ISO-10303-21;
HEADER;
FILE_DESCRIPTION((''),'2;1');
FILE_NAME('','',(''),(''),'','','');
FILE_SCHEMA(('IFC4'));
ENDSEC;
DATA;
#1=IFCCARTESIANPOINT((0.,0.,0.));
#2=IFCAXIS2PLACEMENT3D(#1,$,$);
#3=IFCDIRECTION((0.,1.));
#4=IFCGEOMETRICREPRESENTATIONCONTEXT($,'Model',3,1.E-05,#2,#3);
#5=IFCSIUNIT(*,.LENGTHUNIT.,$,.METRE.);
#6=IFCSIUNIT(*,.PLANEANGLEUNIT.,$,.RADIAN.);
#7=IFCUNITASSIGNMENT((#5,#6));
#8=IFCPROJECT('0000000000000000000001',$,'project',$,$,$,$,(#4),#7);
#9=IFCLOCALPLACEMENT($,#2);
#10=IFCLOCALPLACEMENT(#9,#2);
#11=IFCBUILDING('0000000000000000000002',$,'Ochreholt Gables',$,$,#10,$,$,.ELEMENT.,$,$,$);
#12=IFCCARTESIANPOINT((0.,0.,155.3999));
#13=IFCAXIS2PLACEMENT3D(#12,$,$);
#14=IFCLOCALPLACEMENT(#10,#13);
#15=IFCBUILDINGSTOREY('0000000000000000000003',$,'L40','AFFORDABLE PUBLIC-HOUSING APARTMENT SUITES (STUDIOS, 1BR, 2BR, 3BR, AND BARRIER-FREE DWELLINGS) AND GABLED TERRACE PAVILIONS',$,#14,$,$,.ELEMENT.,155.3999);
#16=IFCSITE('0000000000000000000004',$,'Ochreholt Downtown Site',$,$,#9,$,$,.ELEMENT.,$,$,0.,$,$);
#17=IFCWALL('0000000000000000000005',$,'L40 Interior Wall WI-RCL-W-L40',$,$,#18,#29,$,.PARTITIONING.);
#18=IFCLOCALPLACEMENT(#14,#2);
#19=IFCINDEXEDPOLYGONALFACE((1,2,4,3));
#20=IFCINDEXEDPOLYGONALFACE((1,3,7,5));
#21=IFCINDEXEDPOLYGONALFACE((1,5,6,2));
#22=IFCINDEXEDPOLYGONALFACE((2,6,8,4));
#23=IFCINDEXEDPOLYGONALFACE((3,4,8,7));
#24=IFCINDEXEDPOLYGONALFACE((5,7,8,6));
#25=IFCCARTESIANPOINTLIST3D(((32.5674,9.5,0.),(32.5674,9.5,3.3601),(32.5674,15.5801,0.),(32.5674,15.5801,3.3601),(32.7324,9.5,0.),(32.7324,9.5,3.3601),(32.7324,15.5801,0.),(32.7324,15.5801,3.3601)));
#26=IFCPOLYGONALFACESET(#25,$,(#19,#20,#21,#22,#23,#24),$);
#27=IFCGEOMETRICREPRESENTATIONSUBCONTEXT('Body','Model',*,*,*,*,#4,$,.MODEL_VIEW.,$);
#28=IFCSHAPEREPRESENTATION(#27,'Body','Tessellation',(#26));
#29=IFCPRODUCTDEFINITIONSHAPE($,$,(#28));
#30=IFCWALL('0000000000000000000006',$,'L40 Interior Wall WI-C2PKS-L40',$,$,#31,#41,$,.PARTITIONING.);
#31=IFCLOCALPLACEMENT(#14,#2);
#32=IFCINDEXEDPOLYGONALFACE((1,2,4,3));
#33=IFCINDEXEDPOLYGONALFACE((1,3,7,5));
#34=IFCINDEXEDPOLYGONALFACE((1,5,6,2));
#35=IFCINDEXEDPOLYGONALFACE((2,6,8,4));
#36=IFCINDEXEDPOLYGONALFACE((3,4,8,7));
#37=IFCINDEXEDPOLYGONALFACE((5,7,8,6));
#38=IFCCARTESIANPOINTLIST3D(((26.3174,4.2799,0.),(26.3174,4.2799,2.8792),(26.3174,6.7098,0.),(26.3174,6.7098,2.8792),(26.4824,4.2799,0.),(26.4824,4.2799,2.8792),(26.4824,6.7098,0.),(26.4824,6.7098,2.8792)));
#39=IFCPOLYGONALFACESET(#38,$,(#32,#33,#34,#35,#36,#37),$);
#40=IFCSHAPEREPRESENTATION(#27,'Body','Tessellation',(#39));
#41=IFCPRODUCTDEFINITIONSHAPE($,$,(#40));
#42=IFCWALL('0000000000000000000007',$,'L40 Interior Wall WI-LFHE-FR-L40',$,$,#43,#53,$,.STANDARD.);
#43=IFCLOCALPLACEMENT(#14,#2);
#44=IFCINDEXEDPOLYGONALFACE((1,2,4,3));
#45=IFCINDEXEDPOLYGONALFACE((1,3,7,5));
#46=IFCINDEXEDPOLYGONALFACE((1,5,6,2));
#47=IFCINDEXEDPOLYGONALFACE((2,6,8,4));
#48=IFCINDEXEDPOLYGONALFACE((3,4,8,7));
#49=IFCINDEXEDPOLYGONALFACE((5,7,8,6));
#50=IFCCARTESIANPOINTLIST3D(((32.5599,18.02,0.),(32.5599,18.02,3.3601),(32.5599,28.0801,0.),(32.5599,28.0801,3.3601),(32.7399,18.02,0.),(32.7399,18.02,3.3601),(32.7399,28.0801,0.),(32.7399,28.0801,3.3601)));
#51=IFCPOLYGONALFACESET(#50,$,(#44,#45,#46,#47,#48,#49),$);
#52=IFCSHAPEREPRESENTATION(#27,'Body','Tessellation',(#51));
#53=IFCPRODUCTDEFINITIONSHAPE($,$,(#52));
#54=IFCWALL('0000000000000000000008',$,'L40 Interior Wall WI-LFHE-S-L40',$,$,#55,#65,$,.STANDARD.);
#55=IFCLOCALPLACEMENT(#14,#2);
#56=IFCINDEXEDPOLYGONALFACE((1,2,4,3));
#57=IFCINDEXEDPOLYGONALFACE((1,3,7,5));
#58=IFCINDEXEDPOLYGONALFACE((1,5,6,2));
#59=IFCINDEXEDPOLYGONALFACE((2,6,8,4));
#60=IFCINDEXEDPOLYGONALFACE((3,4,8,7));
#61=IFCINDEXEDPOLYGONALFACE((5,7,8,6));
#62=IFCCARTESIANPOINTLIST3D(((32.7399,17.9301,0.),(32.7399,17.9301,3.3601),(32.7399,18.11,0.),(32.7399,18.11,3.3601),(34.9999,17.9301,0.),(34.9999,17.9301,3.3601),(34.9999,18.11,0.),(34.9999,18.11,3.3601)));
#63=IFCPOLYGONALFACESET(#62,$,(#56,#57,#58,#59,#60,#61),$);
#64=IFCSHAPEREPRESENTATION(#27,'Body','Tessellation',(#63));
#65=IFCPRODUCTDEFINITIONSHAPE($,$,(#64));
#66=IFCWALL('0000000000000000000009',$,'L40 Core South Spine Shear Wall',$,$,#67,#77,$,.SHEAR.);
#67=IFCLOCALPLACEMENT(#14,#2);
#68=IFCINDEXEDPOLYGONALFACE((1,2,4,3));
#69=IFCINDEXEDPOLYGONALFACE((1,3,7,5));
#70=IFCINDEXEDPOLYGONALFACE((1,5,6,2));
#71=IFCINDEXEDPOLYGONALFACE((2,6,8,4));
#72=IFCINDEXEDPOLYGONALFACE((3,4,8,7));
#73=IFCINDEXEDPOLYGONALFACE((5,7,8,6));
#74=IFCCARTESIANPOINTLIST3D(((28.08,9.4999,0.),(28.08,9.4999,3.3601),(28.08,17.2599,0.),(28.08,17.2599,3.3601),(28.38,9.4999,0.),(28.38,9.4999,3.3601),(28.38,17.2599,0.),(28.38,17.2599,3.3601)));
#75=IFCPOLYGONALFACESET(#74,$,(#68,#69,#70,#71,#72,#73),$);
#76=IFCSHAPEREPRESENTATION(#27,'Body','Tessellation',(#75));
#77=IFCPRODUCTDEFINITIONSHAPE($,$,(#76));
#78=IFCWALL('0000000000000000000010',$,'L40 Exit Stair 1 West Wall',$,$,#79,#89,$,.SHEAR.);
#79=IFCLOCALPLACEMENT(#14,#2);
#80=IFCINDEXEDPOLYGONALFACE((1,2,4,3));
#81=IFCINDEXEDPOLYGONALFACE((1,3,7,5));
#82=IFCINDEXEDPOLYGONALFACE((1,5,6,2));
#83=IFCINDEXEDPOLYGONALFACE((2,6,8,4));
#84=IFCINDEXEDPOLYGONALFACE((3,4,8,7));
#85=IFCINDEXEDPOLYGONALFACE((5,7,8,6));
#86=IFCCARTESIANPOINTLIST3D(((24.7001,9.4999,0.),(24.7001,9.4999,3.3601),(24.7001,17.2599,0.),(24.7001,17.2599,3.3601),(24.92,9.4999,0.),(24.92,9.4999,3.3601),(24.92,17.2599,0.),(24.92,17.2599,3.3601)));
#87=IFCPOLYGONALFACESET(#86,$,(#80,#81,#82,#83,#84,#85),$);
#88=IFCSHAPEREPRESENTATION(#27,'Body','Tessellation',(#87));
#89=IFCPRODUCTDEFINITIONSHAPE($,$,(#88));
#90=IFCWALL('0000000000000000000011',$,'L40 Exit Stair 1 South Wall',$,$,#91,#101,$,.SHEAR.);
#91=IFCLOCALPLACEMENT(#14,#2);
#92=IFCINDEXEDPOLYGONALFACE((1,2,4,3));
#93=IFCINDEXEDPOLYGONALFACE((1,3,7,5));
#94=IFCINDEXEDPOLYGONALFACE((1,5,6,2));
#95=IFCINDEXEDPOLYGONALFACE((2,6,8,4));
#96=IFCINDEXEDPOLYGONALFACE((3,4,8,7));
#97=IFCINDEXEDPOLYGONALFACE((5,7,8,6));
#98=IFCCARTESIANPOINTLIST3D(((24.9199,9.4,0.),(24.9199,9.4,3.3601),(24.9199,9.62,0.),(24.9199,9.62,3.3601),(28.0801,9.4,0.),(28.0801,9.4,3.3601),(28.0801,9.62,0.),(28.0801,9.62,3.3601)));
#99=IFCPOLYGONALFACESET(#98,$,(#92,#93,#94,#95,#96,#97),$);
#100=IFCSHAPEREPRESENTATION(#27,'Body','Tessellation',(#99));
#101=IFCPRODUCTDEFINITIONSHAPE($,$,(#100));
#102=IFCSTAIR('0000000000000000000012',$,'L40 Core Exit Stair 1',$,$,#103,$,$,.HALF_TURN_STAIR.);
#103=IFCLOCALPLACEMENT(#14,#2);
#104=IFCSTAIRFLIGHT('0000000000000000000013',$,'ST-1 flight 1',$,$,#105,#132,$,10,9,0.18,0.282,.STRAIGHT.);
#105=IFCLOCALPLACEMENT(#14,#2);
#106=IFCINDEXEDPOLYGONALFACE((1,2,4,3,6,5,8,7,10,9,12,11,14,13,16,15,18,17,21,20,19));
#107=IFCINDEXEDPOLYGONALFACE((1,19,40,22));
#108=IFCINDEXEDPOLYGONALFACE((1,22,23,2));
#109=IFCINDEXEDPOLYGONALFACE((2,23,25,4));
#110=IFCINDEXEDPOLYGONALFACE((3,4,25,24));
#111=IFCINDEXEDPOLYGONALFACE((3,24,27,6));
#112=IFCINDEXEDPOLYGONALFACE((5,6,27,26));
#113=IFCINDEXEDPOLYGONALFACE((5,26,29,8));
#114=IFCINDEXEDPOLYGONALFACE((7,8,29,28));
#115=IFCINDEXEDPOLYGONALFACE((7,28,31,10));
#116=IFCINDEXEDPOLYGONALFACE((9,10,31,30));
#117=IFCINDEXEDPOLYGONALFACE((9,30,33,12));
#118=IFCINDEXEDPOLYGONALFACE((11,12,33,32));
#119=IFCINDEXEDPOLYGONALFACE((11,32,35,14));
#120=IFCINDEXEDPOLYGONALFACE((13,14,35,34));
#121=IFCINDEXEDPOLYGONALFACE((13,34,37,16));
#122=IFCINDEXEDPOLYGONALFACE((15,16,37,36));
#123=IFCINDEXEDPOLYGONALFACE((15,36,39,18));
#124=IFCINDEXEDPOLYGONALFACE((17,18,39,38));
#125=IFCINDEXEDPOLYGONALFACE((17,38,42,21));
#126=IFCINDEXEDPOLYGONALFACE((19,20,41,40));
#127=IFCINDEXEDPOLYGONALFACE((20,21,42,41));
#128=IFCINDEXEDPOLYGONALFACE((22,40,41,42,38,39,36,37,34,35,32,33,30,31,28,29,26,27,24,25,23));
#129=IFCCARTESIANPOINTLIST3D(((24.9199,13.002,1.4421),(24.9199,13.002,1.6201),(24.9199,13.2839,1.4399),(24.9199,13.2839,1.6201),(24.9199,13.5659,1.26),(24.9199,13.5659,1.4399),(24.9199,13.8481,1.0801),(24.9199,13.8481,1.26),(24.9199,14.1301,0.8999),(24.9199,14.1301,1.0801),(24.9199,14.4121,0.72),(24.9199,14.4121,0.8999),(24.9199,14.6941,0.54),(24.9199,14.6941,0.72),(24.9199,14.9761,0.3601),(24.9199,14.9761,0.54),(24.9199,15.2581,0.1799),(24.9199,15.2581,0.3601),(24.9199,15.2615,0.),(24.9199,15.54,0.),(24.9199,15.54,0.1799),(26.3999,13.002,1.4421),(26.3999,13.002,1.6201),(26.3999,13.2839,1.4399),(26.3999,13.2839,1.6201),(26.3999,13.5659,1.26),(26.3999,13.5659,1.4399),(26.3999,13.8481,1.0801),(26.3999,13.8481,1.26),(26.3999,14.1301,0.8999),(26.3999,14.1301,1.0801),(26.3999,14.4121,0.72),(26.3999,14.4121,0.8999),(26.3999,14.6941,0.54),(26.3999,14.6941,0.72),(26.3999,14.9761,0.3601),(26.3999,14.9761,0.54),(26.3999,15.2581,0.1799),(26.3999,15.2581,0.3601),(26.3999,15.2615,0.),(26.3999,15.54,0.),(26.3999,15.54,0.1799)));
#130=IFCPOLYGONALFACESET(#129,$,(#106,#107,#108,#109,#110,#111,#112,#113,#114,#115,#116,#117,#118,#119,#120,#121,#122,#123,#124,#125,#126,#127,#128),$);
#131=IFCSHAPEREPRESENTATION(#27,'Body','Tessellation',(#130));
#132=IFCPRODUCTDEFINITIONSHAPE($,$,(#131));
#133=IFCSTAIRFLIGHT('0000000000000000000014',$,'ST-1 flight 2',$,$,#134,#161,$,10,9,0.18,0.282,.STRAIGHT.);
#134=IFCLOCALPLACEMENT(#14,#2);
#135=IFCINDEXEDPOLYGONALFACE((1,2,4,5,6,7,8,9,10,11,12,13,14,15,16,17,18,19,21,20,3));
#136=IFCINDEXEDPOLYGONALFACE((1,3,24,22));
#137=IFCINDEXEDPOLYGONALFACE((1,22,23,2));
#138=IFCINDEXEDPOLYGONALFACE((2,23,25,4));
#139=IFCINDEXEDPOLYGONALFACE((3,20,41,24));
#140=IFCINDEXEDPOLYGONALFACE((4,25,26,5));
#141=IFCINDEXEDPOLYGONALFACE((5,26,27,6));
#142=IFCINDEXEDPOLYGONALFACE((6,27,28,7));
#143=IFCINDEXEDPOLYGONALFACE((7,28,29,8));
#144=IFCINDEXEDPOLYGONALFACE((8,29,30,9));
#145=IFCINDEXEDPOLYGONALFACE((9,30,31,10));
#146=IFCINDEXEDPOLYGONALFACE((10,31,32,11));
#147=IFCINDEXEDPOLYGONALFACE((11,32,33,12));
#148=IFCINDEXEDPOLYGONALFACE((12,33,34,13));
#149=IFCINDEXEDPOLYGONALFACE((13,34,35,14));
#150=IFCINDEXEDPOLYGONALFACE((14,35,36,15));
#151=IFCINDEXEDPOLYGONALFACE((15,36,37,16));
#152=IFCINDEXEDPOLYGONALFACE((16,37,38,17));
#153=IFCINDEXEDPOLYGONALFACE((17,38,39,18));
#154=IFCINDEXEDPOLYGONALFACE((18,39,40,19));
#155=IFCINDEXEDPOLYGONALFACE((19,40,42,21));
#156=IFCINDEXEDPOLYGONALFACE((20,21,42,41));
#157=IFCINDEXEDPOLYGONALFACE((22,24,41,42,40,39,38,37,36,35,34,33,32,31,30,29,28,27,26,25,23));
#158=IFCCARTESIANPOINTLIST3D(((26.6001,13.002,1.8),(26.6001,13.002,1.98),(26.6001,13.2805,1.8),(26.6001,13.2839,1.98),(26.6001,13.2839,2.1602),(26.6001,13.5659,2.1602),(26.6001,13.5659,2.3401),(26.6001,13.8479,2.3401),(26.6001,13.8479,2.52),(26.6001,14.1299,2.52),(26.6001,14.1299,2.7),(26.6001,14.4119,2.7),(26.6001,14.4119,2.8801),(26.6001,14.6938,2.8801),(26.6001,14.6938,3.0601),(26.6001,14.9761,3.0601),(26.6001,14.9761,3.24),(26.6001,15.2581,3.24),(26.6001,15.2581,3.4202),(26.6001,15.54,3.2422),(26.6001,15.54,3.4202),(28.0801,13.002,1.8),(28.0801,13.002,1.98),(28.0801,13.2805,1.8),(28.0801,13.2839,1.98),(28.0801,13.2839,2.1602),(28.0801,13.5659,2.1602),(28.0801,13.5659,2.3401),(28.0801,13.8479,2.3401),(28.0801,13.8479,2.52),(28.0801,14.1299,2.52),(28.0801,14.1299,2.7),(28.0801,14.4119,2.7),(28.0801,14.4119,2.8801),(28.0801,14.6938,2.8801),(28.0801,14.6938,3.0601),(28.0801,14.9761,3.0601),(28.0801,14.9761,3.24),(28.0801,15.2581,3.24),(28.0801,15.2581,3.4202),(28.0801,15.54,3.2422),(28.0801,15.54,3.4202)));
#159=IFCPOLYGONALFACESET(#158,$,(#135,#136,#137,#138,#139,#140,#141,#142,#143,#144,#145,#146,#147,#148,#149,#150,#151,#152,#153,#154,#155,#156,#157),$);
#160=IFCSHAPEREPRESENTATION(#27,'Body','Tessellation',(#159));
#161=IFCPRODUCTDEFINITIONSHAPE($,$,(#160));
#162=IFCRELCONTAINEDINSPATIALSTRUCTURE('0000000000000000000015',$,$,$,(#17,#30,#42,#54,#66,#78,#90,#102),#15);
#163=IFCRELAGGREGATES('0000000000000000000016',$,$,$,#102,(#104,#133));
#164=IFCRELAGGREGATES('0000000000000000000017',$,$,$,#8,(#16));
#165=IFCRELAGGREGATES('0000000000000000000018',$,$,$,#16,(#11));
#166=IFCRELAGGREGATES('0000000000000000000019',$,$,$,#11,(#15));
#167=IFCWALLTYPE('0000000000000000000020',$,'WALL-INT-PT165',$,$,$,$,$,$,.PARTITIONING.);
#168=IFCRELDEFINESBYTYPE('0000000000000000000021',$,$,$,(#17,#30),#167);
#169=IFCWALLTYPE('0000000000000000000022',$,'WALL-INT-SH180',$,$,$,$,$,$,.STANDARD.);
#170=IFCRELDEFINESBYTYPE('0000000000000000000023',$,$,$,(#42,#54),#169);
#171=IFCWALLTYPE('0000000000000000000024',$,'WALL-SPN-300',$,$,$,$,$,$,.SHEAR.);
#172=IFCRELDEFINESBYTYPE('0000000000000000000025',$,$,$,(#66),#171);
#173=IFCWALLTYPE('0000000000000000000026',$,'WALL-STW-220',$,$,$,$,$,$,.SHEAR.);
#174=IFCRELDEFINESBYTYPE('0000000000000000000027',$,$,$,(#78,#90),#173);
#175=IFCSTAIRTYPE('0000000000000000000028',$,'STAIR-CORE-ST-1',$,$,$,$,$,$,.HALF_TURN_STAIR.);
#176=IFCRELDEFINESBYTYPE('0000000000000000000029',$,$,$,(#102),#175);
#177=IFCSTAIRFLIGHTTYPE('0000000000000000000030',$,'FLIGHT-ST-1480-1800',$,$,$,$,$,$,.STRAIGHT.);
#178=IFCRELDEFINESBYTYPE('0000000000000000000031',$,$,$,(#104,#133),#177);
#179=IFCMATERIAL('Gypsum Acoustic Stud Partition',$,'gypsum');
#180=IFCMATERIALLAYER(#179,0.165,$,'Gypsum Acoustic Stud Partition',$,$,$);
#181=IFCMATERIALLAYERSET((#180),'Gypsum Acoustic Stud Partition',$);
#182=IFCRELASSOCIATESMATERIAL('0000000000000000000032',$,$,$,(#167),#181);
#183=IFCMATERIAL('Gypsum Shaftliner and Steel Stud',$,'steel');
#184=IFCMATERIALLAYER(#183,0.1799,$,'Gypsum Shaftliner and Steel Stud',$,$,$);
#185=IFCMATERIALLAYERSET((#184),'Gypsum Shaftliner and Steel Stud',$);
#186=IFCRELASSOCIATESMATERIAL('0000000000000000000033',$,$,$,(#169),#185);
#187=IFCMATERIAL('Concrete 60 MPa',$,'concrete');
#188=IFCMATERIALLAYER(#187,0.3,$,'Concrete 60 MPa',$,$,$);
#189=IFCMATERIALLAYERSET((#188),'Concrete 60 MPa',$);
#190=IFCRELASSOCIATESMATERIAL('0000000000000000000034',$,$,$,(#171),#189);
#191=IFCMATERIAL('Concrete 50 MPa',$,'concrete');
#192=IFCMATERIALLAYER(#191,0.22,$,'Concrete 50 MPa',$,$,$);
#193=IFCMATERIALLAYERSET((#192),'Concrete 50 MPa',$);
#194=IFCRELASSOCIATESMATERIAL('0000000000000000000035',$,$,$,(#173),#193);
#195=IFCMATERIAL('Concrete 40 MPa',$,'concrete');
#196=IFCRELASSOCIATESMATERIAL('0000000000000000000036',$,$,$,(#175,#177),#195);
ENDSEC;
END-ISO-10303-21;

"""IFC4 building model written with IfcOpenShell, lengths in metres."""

from ifc_helpers import new_model, si_unit, direction, frame, frame_2d, origin, place, context, subcontext, project, spatial, polyline, rectangle, outline, extrude, material, layer, layer_set, type_object, element, aggregate, save


model = new_model("IFC4")

# Units and contexts
model_context = context("Model", 3, precision=1e-05, world=origin(), true_north=direction((0.0, 1.0)))
body_context = subcontext(model_context, "Body", "Model", "MODEL_VIEW")
ifc_project = project(units=[si_unit("LENGTHUNIT", "METRE"), si_unit("PLANEANGLEUNIT", "RADIAN")], contexts=[model_context])

# Site, building, storey
site_placement = place(None, origin())
site = spatial("IfcSite", under=ifc_project, at=site_placement, Name="Ochreholt Downtown Site", CompositionType="ELEMENT", RefElevation=0.0)
building_placement = place(site_placement, origin())
building = spatial("IfcBuilding", under=site, at=building_placement, Name="Ochreholt Gables", CompositionType="ELEMENT")
storey_placement = place(building_placement, frame((0.0, 0.0, 155.3999)))
storey = spatial("IfcBuildingStorey", under=building, at=storey_placement, Name="L40", Description="AFFORDABLE PUBLIC-HOUSING APARTMENT SUITES (STUDIOS, 1BR, 2BR, 3BR, AND BARRIER-FREE DWELLINGS) AND GABLED TERRACE PAVILIONS", CompositionType="ELEMENT", Elevation=155.3999)

# Shared definitions
ifc_material_1 = material(Name="Concrete 50 MPa", Category="concrete")

# Shared definitions
ifc_material_2 = material(Name="Concrete 60 MPa", Category="concrete")
ifc_material_3 = material(Name="Concrete 40 MPa", Category="concrete")

# Wall
ifc_material_4 = material(Name="Gypsum Acoustic Stud Partition", Category="gypsum")
ifc_layer_1 = layer(ifc_material_4, 0.165, Name="Gypsum Acoustic Stud Partition")
ifc_layer_set_1 = layer_set([ifc_layer_1], Name="Gypsum Acoustic Stud Partition")
wall_type_1 = type_object("IfcWallType", Name="WALL-INT-PT165", PredefinedType="PARTITIONING", material=ifc_layer_set_1)
wall_1_placement = place(storey_placement, frame((32.6499, 9.5, 0.0), z_axis=(0.0, 0.0, 1.0), x_axis=(0.0, 1.0, 0.0)))
element("IfcWall", 1, at=wall_1_placement, inside=storey, type_object=wall_type_1, Name="L40 Interior Wall WI-RCL-W-L40", PredefinedType="PARTITIONING", context=body_context, shape_type="SweptSolid", body=[
    extrude(rectangle(XDim=6.0801, YDim=0.165, at=frame_2d((3.04, 0.0))), origin(), (0.0, 0.0, 1.0), 3.3601),
])

# Walls
wall_2_placement = place(storey_placement, frame((26.3999, 4.28, 0.0), z_axis=(0.0, 0.0, 1.0), x_axis=(0.0, 1.0, 0.0)))
element("IfcWall", 2, at=wall_2_placement, inside=storey, type_object=wall_type_1, Name="L40 Interior Wall WI-C2PKS-L40", PredefinedType="PARTITIONING", context=body_context, shape_type="SweptSolid", body=[
    extrude(rectangle(XDim=2.4299, YDim=0.165, at=frame_2d((1.2148, 0.0))), origin(), (0.0, 0.0, 1.0), 2.8792),
])
ifc_material_5 = material(Name="Gypsum Shaftliner and Steel Stud", Category="steel")
ifc_layer_2 = layer(ifc_material_5, 0.1799, Name="Gypsum Shaftliner and Steel Stud")
ifc_layer_set_2 = layer_set([ifc_layer_2], Name="Gypsum Shaftliner and Steel Stud")
wall_type_2 = type_object("IfcWallType", Name="WALL-INT-SH180", PredefinedType="STANDARD", material=ifc_layer_set_2)
wall_3_placement = place(storey_placement, frame((32.6499, 18.02, 0.0), z_axis=(0.0, 0.0, 1.0), x_axis=(0.0, 1.0, 0.0)))
element("IfcWall", 3, at=wall_3_placement, inside=storey, type_object=wall_type_2, Name="L40 Interior Wall WI-LFHE-FR-L40", PredefinedType="STANDARD", context=body_context, shape_type="SweptSolid", body=[
    extrude(rectangle(XDim=10.0601, YDim=0.1799, at=frame_2d((5.03, 0.0))), origin(), (0.0, 0.0, 1.0), 3.3601),
])
wall_4_placement = place(storey_placement, frame((32.74, 18.02, 0.0), z_axis=(0.0, 0.0, 1.0), x_axis=(1.0, 0.0, 0.0)))
element("IfcWall", 4, at=wall_4_placement, inside=storey, type_object=wall_type_2, Name="L40 Interior Wall WI-LFHE-S-L40", PredefinedType="STANDARD", context=body_context, shape_type="SweptSolid", body=[
    extrude(rectangle(XDim=2.26, YDim=0.1799, at=frame_2d((1.1299, 0.0))), origin(), (0.0, 0.0, 1.0), 3.3601),
])
ifc_layer_3 = layer(ifc_material_2, 0.3, Name="Concrete 60 MPa")
ifc_layer_set_3 = layer_set([ifc_layer_3], Name="Concrete 60 MPa")
wall_type_3 = type_object("IfcWallType", Name="WALL-SPN-300", PredefinedType="SHEAR", material=ifc_layer_set_3)
wall_5_placement = place(storey_placement, frame((28.23, 9.5, 0.0), z_axis=(0.0, 0.0, 1.0), x_axis=(0.0, 1.0, 0.0)))
element("IfcWall", 5, at=wall_5_placement, inside=storey, type_object=wall_type_3, Name="L40 Core South Spine Shear Wall", PredefinedType="SHEAR", context=body_context, shape_type="SweptSolid", body=[
    extrude(rectangle(XDim=7.76, YDim=0.3, at=frame_2d((3.8799, 0.0))), origin(), (0.0, 0.0, 1.0), 3.3601),
])
ifc_layer_4 = layer(ifc_material_1, 0.22, Name="Concrete 50 MPa")
ifc_layer_set_4 = layer_set([ifc_layer_4], Name="Concrete 50 MPa")
wall_type_4 = type_object("IfcWallType", Name="WALL-STW-220", PredefinedType="SHEAR", material=ifc_layer_set_4)
wall_6_placement = place(storey_placement, frame((24.8101, 9.5, 0.0), z_axis=(0.0, 0.0, 1.0), x_axis=(0.0, 1.0, 0.0)))
element("IfcWall", 6, at=wall_6_placement, inside=storey, type_object=wall_type_4, Name="L40 Exit Stair 1 West Wall", PredefinedType="SHEAR", context=body_context, shape_type="SweptSolid", body=[
    extrude(rectangle(XDim=7.76, YDim=0.22, at=frame_2d((3.8799, 0.0))), origin(), (0.0, 0.0, 1.0), 3.3601),
])
wall_7_placement = place(storey_placement, frame((24.9199, 9.51, 0.0), z_axis=(0.0, 0.0, 1.0), x_axis=(1.0, 0.0, 0.0)))
element("IfcWall", 7, at=wall_7_placement, inside=storey, type_object=wall_type_4, Name="L40 Exit Stair 1 South Wall", PredefinedType="SHEAR", context=body_context, shape_type="SweptSolid", body=[
    extrude(rectangle(XDim=3.1602, YDim=0.22, at=frame_2d((1.5801, 0.0))), origin(), (0.0, 0.0, 1.0), 3.3601),
])

# Stair, stair flights
stair_type = type_object("IfcStairType", Name="STAIR-CORE-ST-1", PredefinedType="HALF_TURN_STAIR", material=ifc_material_3)
stair_placement = place(storey_placement, origin())
stair = element("IfcStair", 8, at=stair_placement, inside=storey, type_object=stair_type, Name="L40 Core Exit Stair 1", PredefinedType="HALF_TURN_STAIR")
stair_flight_type = type_object("IfcStairFlightType", Name="FLIGHT-ST-1480-1800", PredefinedType="STRAIGHT", material=ifc_material_3)
stair_flight_1_placement = place(storey_placement, frame((25.6599, 15.54, 0.0), z_axis=(0.0, 0.0, 1.0), x_axis=(0.0, -1.0, 0.0)))
stair_flight_1 = element("IfcStairFlight", 9, at=stair_flight_1_placement, type_object=stair_flight_type, Name="ST-1 flight 1", NumberOfRisers=10, NumberOfTreads=9, PredefinedType="STRAIGHT", RiserHeight=0.18, TreadLength=0.282, context=body_context, shape_type="SweptSolid", body=[
    extrude(outline(polyline([(0.0, 0.0), (0.0, 0.1799), (0.282, 0.1799), (0.282, 0.3601), (0.564, 0.3601), (0.564, 0.54), (0.8459, 0.54), (0.8459, 0.72), (1.1279, 0.72), (1.1279, 0.8999), (1.4099, 0.8999), (1.4099, 1.0801), (1.6919, 1.0801), (1.6919, 1.26), (1.9741, 1.26), (1.9741, 1.4399), (2.2561, 1.4399), (2.2561, 1.6201), (2.5381, 1.6201), (2.5381, 1.8), (2.5381, 1.4421), (0.2786, 0.0), (0.0, 0.0)])), frame((0.0, 0.74, 0.0), z_axis=(0.0, -1.0, 0.0), x_axis=(1.0, 0.0, 0.0)), (0.0, 0.0, 1.0), 1.48),
])
stair_flight_2_placement = place(storey_placement, frame((27.3401, 13.002, 1.8), z_axis=(0.0, 0.0, 1.0), x_axis=(0.0, 1.0, 0.0)))
stair_flight_2 = element("IfcStairFlight", 10, at=stair_flight_2_placement, type_object=stair_flight_type, Name="ST-1 flight 2", NumberOfRisers=10, NumberOfTreads=9, PredefinedType="STRAIGHT", RiserHeight=0.18, TreadLength=0.282, context=body_context, shape_type="SweptSolid", body=[
    extrude(outline(polyline([(0.0, 0.0), (0.0, 0.1799), (0.282, 0.1799), (0.282, 0.3601), (0.564, 0.3601), (0.564, 0.54), (0.8459, 0.54), (0.8459, 0.72), (1.1279, 0.72), (1.1279, 0.8999), (1.4099, 0.8999), (1.4099, 1.0801), (1.6919, 1.0801), (1.6919, 1.26), (1.9741, 1.26), (1.9741, 1.4399), (2.2561, 1.4399), (2.2561, 1.6201), (2.5381, 1.6201), (2.5381, 1.8), (2.5381, 1.4421), (0.2786, 0.0), (0.0, 0.0)])), frame((0.0, 0.74, 0.0), z_axis=(0.0, -1.0, 0.0), x_axis=(1.0, 0.0, 0.0)), (0.0, 0.0, 1.0), 1.48),
])
aggregate(stair, [stair_flight_1, stair_flight_2])

save(model, "model.ifc")
